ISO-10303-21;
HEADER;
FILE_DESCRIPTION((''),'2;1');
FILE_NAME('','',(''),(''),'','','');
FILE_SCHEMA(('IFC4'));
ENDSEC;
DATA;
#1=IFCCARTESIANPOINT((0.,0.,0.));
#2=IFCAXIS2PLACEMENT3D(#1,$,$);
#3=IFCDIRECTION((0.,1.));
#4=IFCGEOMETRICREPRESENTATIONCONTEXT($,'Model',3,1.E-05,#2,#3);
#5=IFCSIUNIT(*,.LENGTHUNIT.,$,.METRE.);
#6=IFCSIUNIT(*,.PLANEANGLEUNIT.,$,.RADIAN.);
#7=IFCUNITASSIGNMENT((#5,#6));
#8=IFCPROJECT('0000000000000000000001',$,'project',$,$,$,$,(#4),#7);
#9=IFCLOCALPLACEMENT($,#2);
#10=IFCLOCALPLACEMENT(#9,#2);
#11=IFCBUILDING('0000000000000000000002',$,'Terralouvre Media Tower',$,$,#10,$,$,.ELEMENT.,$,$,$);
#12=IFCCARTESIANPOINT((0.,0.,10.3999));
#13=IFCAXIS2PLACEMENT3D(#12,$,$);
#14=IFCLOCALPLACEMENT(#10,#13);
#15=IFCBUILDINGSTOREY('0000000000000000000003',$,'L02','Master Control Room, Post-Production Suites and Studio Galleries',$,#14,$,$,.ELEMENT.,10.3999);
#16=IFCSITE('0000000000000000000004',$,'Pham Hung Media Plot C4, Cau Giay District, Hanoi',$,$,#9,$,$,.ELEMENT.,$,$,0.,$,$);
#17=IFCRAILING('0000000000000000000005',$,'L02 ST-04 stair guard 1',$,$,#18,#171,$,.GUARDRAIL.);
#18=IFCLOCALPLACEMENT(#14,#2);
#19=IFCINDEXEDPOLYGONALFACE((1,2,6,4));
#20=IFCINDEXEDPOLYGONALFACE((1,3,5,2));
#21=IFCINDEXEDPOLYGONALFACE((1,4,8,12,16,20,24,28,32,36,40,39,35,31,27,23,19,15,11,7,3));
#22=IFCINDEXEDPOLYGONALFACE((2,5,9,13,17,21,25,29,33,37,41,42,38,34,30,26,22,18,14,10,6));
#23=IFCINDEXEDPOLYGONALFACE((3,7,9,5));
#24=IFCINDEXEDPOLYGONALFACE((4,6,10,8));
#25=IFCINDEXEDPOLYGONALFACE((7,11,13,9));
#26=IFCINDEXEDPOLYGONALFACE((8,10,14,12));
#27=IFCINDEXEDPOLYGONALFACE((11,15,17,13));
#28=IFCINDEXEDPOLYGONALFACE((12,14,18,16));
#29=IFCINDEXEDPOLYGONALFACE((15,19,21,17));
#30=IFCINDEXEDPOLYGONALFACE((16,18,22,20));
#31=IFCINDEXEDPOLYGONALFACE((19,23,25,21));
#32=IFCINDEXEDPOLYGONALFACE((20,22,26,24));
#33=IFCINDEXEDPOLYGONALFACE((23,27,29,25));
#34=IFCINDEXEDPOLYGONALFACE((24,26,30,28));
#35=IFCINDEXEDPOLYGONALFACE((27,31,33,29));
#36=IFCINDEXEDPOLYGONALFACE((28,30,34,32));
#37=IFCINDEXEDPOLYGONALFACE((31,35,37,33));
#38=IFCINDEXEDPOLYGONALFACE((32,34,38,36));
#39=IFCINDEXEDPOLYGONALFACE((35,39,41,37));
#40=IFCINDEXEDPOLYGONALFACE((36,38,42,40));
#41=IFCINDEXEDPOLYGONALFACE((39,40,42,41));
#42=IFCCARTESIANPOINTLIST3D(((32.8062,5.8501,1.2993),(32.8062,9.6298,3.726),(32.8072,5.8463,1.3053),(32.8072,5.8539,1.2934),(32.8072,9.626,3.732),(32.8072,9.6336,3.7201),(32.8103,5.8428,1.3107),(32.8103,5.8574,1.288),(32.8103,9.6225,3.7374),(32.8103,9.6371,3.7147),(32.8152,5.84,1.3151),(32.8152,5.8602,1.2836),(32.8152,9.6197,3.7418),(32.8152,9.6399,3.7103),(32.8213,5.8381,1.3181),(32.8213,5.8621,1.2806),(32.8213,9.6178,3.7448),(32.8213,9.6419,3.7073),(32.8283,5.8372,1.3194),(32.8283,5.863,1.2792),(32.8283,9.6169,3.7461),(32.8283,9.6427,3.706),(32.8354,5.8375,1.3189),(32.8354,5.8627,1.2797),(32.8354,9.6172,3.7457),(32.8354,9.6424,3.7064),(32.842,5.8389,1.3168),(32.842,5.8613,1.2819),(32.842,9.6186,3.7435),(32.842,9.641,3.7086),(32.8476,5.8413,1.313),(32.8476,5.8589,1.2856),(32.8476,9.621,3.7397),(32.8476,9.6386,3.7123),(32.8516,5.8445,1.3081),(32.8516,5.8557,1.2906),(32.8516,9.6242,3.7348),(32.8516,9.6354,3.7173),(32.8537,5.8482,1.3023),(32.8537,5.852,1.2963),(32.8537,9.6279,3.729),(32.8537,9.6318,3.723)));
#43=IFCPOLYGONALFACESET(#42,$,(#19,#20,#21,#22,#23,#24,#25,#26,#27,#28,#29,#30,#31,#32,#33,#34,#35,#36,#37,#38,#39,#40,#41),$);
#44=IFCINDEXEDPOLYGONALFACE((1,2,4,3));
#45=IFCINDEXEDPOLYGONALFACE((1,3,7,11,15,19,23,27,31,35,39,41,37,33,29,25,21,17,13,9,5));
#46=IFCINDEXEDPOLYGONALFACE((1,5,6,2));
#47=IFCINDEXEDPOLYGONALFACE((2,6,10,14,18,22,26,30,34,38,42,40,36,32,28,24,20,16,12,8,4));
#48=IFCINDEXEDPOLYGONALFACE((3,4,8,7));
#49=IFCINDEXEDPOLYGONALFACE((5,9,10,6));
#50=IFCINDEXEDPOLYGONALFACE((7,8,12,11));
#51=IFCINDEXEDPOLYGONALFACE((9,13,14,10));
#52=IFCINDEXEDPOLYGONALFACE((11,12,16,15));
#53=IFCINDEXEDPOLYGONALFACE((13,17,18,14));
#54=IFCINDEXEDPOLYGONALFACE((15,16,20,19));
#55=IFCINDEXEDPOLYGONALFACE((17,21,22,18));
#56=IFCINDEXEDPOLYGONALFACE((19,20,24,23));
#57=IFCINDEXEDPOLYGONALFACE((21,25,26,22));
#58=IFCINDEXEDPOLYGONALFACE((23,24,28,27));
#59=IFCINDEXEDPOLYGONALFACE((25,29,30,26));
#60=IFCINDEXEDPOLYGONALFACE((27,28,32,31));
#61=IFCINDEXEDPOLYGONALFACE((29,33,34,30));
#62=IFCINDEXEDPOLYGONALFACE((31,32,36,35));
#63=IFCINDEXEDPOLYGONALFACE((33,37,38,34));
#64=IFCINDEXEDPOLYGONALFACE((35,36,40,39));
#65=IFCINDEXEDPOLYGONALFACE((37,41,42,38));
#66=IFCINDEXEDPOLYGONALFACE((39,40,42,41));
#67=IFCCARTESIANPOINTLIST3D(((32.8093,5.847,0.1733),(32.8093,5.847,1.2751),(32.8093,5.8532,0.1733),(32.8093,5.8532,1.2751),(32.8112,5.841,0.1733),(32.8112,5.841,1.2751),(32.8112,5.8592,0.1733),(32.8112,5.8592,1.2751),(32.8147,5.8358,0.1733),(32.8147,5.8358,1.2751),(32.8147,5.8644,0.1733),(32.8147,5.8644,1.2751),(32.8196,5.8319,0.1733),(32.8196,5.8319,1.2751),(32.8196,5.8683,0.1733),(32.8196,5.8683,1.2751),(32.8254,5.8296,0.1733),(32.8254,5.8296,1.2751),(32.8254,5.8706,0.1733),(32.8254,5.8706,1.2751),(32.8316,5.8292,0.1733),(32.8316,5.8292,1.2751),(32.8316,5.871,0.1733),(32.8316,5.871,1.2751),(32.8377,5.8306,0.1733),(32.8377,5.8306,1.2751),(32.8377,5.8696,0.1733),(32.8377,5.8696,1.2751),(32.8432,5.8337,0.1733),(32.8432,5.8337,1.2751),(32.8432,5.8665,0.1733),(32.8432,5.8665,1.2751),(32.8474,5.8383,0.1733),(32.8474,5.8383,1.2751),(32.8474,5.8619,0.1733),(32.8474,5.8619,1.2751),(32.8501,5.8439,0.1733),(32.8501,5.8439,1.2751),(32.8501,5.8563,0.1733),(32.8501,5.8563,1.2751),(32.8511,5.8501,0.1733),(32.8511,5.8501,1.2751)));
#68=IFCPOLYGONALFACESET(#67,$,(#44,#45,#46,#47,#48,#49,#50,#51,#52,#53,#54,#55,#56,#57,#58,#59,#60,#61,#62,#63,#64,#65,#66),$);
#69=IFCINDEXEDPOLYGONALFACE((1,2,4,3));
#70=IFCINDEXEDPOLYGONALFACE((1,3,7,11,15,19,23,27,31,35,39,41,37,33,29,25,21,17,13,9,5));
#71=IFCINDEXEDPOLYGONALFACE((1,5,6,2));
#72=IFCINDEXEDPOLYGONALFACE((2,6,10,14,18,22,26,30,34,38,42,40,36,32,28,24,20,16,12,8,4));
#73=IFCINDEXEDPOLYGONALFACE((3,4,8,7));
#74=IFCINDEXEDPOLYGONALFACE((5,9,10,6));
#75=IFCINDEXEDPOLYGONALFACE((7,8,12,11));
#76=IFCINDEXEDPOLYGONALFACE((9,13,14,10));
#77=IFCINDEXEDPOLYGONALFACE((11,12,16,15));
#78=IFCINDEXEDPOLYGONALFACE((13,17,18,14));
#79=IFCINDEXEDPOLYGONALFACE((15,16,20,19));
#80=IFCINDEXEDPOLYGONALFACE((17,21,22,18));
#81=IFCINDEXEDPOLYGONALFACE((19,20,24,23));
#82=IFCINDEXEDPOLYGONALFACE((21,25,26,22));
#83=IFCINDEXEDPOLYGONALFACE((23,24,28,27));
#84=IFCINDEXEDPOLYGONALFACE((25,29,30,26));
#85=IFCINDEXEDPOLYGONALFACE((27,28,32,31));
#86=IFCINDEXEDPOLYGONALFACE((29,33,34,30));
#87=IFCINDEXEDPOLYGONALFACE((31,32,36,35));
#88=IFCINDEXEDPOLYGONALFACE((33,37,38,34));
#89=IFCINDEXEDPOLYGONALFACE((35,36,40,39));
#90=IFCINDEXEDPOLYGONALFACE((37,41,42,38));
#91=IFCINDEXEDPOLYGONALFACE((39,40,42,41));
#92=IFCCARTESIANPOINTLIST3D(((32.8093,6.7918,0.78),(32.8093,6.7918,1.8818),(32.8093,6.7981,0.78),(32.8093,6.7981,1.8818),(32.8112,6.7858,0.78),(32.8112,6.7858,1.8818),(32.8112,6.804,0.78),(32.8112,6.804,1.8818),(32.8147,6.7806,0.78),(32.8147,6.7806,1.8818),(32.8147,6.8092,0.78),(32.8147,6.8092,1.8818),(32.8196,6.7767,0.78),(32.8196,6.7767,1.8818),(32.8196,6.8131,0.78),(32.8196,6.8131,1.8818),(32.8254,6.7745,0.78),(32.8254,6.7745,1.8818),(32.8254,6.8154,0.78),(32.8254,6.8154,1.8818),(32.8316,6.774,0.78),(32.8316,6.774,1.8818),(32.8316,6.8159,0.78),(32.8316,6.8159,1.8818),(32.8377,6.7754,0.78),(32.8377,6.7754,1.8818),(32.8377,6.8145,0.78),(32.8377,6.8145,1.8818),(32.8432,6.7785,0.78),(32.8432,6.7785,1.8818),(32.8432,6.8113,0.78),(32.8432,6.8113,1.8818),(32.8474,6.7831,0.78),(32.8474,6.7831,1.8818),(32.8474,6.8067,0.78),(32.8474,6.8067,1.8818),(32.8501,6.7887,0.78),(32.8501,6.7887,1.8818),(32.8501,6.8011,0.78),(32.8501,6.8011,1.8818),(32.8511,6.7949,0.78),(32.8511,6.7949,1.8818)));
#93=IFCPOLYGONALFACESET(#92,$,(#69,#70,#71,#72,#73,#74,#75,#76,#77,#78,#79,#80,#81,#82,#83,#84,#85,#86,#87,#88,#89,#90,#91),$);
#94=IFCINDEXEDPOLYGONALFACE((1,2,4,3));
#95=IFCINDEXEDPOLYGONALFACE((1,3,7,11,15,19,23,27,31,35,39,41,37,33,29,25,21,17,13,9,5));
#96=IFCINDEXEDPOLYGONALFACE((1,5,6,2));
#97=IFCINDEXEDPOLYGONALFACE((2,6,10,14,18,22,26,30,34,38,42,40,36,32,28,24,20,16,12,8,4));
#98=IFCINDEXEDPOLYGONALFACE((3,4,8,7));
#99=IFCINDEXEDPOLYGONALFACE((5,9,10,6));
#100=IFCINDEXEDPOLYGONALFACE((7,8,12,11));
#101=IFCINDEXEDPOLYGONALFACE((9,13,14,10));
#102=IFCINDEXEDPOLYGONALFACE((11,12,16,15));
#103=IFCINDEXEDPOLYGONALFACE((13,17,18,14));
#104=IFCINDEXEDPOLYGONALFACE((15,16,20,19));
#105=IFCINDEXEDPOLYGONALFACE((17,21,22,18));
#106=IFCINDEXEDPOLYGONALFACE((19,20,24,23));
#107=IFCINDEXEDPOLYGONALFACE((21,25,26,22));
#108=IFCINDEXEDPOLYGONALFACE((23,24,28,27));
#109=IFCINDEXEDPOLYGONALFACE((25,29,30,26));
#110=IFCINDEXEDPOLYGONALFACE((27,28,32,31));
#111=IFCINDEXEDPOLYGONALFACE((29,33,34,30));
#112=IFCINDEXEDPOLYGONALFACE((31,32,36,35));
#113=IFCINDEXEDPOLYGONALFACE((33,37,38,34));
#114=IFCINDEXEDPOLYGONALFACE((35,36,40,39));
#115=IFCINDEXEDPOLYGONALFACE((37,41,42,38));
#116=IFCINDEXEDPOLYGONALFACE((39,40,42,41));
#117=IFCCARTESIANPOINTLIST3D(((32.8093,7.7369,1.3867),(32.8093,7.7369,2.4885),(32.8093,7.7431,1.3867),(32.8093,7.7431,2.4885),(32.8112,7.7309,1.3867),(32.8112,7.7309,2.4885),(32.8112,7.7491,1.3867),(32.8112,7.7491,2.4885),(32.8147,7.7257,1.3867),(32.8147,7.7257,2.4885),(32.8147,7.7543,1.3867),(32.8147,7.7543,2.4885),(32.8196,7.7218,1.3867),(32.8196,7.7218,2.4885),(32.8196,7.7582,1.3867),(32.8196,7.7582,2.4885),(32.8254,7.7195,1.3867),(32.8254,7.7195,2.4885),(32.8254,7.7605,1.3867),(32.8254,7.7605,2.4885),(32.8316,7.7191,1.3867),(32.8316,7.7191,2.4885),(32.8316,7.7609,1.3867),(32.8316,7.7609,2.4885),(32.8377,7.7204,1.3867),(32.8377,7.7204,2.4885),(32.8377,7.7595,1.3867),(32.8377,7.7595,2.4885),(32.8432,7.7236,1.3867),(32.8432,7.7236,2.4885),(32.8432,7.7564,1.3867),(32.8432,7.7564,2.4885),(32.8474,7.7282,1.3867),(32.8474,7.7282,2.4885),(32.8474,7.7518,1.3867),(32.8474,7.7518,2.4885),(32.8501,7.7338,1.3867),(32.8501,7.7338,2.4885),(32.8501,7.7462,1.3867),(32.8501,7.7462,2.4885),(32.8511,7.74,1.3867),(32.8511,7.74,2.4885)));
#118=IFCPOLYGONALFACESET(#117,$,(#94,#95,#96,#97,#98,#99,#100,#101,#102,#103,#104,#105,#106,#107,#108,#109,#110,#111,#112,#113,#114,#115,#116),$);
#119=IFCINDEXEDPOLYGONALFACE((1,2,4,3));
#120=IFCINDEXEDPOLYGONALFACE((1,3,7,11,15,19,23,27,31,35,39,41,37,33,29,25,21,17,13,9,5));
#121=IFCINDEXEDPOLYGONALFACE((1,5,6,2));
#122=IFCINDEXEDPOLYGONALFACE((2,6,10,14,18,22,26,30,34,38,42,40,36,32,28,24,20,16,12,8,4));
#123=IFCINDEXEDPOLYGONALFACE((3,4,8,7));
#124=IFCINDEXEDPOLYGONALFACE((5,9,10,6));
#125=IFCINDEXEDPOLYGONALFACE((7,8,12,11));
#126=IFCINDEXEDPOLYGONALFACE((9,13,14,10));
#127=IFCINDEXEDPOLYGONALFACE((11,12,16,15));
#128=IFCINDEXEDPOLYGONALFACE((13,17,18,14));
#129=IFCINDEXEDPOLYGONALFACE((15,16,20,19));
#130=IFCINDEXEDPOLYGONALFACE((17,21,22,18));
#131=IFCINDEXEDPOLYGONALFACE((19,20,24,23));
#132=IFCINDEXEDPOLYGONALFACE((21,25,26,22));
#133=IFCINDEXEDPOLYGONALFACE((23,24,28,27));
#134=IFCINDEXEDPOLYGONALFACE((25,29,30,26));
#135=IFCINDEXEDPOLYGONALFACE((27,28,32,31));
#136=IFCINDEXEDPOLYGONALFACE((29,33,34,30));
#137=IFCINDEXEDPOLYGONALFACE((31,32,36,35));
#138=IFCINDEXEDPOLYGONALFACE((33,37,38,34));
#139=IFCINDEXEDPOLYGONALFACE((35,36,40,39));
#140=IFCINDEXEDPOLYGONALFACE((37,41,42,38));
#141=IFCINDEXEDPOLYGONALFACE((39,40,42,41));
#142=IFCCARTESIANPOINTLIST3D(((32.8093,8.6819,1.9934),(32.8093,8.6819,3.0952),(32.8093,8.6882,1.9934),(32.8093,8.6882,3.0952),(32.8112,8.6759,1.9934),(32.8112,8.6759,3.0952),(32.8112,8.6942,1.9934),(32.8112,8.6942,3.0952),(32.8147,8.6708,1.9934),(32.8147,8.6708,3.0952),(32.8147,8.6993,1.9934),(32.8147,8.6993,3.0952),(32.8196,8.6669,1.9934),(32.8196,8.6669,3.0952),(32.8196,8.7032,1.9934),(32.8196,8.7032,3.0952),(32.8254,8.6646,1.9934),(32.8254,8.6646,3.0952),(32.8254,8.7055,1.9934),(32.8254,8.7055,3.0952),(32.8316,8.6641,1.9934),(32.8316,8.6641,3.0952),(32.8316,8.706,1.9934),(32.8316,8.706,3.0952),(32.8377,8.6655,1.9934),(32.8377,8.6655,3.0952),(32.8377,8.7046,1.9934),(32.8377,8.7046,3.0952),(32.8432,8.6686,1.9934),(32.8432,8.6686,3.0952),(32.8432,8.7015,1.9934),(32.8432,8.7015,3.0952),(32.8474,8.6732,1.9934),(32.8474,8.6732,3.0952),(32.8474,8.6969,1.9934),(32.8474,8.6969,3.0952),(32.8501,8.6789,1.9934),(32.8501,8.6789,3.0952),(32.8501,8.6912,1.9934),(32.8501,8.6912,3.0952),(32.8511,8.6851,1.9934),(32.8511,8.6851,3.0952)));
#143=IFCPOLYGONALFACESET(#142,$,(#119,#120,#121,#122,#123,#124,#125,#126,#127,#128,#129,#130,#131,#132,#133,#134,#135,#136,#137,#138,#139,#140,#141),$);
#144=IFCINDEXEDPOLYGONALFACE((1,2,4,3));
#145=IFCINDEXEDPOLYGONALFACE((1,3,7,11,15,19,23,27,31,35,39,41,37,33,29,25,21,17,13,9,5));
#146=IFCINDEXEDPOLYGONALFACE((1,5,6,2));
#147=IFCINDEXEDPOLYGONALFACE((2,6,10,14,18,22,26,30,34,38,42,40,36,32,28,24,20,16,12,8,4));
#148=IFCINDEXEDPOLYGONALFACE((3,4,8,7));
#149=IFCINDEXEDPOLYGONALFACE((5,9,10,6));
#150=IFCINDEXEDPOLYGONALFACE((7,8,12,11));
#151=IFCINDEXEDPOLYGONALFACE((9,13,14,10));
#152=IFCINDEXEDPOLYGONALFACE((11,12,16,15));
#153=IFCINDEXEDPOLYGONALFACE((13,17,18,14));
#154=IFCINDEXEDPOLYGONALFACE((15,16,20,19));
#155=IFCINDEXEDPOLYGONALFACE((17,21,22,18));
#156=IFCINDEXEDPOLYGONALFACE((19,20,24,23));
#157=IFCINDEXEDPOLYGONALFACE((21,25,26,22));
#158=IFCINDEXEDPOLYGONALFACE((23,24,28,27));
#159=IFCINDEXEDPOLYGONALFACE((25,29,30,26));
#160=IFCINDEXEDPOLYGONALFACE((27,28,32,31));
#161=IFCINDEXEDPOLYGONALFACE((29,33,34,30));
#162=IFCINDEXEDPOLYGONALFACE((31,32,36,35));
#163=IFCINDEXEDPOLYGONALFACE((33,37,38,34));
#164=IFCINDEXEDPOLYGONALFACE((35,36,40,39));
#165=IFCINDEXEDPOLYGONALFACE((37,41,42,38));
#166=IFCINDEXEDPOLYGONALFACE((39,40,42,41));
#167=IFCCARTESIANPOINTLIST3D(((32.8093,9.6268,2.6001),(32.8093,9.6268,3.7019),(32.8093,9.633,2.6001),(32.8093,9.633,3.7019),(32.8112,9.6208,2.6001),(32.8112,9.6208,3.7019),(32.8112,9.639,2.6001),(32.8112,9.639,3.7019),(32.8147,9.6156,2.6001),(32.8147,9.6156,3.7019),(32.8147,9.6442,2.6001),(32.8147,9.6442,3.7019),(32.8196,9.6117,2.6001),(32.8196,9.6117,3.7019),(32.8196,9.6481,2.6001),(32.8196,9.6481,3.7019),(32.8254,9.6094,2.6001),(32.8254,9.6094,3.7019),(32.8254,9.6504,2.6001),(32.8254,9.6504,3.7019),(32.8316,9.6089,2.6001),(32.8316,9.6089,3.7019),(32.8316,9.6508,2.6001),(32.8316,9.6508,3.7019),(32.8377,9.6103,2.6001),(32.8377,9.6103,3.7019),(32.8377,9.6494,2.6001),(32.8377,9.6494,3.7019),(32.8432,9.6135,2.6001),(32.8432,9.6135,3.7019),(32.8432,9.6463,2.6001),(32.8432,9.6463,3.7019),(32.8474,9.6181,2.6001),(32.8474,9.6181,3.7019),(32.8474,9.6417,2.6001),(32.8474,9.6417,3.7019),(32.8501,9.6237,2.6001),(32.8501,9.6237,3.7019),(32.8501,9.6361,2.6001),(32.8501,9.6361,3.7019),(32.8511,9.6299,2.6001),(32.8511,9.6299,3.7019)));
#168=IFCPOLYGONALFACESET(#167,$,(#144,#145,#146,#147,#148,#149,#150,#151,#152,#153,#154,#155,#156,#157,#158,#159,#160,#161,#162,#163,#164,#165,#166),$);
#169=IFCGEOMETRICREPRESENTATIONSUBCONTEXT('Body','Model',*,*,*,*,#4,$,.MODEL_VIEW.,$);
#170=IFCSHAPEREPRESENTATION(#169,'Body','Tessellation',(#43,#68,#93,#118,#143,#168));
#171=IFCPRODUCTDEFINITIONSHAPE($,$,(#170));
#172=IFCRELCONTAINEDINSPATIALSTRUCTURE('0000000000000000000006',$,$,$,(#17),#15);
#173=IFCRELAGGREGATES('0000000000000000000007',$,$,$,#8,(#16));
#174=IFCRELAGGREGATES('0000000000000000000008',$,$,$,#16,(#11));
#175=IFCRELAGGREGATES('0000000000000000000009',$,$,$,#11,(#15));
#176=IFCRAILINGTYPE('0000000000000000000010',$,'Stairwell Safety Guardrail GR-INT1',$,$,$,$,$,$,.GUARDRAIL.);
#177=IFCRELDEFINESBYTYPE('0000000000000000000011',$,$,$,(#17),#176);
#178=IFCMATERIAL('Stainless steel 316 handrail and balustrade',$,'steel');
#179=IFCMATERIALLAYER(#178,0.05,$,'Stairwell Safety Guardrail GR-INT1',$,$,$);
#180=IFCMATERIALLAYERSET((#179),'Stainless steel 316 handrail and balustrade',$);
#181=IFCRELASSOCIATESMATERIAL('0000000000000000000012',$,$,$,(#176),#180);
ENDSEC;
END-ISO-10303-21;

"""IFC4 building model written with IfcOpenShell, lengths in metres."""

from ifc_helpers import new_model, si_unit, direction, frame, origin, origin_2d, place, context, subcontext, project, spatial, circle, extrude, material, layer, layer_set, type_object, element, save


model = new_model("IFC4")

# Units and contexts
model_context = context("Model", 3, precision=1e-05, world=origin(), true_north=direction((0.0, 1.0)))
body_context = subcontext(model_context, "Body", "Model", "MODEL_VIEW")
ifc_project = project(units=[si_unit("LENGTHUNIT", "METRE"), si_unit("PLANEANGLEUNIT", "RADIAN")], contexts=[model_context])

# Site, building, storey
site_placement = place(None, origin())
site = spatial("IfcSite", under=ifc_project, at=site_placement, Name="Pham Hung Media Plot C4, Cau Giay District, Hanoi", CompositionType="ELEMENT", RefElevation=0.0)
building_placement = place(site_placement, origin())
building = spatial("IfcBuilding", under=site, at=building_placement, Name="Terralouvre Media Tower", CompositionType="ELEMENT")
storey_placement = place(building_placement, frame((0.0, 0.0, 10.3999)))
storey = spatial("IfcBuildingStorey", under=building, at=storey_placement, Name="L02", Description="Master Control Room, Post-Production Suites and Studio Galleries", CompositionType="ELEMENT", Elevation=10.3999)

# Railing
ifc_material_1 = material(Name="Stainless steel 316 handrail and balustrade", Category="steel")
ifc_layer_1 = layer(ifc_material_1, 0.05, Name="Stairwell Safety Guardrail GR-INT1")
ifc_layer_set_1 = layer_set([ifc_layer_1], Name="Stainless steel 316 handrail and balustrade")
railing_type_1 = type_object("IfcRailingType", Name="Stairwell Safety Guardrail GR-INT1", PredefinedType="GUARDRAIL", material=ifc_layer_set_1)
railing_1_placement = place(storey_placement, frame((32.8301, 5.8501, 0.1733)))
element("IfcRailing", 1, at=railing_1_placement, inside=storey, type_object=railing_type_1, Name="L02 ST-04 stair guard 1", PredefinedType="GUARDRAIL", context=body_context, shape_type="SweptSolid", body=[
    extrude(circle(Radius=0.0239, at=origin_2d()), frame((0.0, 0.0, 1.126), z_axis=(0.0, 0.841493, 0.540269), x_axis=(-1.0, 0.0, 0.0)), (0.0, 0.0, 1.0), 4.4917),
    extrude(circle(Radius=0.021, at=origin_2d()), origin(), (0.0, 0.0, 1.0), 1.1018),
    extrude(circle(Radius=0.021, at=origin_2d()), frame((0.0, 0.9448, 0.6067)), (0.0, 0.0, 1.0), 1.1018),
    extrude(circle(Radius=0.021, at=origin_2d()), frame((0.0, 1.8899, 1.2134)), (0.0, 0.0, 1.0), 1.1018),
    extrude(circle(Radius=0.021, at=origin_2d()), frame((0.0, 2.835, 1.8201)), (0.0, 0.0, 1.0), 1.1018),
    extrude(circle(Radius=0.021, at=origin_2d()), frame((0.0, 3.7798, 2.4268)), (0.0, 0.0, 1.0), 1.1018),
])

save(model, "model.ifc")
